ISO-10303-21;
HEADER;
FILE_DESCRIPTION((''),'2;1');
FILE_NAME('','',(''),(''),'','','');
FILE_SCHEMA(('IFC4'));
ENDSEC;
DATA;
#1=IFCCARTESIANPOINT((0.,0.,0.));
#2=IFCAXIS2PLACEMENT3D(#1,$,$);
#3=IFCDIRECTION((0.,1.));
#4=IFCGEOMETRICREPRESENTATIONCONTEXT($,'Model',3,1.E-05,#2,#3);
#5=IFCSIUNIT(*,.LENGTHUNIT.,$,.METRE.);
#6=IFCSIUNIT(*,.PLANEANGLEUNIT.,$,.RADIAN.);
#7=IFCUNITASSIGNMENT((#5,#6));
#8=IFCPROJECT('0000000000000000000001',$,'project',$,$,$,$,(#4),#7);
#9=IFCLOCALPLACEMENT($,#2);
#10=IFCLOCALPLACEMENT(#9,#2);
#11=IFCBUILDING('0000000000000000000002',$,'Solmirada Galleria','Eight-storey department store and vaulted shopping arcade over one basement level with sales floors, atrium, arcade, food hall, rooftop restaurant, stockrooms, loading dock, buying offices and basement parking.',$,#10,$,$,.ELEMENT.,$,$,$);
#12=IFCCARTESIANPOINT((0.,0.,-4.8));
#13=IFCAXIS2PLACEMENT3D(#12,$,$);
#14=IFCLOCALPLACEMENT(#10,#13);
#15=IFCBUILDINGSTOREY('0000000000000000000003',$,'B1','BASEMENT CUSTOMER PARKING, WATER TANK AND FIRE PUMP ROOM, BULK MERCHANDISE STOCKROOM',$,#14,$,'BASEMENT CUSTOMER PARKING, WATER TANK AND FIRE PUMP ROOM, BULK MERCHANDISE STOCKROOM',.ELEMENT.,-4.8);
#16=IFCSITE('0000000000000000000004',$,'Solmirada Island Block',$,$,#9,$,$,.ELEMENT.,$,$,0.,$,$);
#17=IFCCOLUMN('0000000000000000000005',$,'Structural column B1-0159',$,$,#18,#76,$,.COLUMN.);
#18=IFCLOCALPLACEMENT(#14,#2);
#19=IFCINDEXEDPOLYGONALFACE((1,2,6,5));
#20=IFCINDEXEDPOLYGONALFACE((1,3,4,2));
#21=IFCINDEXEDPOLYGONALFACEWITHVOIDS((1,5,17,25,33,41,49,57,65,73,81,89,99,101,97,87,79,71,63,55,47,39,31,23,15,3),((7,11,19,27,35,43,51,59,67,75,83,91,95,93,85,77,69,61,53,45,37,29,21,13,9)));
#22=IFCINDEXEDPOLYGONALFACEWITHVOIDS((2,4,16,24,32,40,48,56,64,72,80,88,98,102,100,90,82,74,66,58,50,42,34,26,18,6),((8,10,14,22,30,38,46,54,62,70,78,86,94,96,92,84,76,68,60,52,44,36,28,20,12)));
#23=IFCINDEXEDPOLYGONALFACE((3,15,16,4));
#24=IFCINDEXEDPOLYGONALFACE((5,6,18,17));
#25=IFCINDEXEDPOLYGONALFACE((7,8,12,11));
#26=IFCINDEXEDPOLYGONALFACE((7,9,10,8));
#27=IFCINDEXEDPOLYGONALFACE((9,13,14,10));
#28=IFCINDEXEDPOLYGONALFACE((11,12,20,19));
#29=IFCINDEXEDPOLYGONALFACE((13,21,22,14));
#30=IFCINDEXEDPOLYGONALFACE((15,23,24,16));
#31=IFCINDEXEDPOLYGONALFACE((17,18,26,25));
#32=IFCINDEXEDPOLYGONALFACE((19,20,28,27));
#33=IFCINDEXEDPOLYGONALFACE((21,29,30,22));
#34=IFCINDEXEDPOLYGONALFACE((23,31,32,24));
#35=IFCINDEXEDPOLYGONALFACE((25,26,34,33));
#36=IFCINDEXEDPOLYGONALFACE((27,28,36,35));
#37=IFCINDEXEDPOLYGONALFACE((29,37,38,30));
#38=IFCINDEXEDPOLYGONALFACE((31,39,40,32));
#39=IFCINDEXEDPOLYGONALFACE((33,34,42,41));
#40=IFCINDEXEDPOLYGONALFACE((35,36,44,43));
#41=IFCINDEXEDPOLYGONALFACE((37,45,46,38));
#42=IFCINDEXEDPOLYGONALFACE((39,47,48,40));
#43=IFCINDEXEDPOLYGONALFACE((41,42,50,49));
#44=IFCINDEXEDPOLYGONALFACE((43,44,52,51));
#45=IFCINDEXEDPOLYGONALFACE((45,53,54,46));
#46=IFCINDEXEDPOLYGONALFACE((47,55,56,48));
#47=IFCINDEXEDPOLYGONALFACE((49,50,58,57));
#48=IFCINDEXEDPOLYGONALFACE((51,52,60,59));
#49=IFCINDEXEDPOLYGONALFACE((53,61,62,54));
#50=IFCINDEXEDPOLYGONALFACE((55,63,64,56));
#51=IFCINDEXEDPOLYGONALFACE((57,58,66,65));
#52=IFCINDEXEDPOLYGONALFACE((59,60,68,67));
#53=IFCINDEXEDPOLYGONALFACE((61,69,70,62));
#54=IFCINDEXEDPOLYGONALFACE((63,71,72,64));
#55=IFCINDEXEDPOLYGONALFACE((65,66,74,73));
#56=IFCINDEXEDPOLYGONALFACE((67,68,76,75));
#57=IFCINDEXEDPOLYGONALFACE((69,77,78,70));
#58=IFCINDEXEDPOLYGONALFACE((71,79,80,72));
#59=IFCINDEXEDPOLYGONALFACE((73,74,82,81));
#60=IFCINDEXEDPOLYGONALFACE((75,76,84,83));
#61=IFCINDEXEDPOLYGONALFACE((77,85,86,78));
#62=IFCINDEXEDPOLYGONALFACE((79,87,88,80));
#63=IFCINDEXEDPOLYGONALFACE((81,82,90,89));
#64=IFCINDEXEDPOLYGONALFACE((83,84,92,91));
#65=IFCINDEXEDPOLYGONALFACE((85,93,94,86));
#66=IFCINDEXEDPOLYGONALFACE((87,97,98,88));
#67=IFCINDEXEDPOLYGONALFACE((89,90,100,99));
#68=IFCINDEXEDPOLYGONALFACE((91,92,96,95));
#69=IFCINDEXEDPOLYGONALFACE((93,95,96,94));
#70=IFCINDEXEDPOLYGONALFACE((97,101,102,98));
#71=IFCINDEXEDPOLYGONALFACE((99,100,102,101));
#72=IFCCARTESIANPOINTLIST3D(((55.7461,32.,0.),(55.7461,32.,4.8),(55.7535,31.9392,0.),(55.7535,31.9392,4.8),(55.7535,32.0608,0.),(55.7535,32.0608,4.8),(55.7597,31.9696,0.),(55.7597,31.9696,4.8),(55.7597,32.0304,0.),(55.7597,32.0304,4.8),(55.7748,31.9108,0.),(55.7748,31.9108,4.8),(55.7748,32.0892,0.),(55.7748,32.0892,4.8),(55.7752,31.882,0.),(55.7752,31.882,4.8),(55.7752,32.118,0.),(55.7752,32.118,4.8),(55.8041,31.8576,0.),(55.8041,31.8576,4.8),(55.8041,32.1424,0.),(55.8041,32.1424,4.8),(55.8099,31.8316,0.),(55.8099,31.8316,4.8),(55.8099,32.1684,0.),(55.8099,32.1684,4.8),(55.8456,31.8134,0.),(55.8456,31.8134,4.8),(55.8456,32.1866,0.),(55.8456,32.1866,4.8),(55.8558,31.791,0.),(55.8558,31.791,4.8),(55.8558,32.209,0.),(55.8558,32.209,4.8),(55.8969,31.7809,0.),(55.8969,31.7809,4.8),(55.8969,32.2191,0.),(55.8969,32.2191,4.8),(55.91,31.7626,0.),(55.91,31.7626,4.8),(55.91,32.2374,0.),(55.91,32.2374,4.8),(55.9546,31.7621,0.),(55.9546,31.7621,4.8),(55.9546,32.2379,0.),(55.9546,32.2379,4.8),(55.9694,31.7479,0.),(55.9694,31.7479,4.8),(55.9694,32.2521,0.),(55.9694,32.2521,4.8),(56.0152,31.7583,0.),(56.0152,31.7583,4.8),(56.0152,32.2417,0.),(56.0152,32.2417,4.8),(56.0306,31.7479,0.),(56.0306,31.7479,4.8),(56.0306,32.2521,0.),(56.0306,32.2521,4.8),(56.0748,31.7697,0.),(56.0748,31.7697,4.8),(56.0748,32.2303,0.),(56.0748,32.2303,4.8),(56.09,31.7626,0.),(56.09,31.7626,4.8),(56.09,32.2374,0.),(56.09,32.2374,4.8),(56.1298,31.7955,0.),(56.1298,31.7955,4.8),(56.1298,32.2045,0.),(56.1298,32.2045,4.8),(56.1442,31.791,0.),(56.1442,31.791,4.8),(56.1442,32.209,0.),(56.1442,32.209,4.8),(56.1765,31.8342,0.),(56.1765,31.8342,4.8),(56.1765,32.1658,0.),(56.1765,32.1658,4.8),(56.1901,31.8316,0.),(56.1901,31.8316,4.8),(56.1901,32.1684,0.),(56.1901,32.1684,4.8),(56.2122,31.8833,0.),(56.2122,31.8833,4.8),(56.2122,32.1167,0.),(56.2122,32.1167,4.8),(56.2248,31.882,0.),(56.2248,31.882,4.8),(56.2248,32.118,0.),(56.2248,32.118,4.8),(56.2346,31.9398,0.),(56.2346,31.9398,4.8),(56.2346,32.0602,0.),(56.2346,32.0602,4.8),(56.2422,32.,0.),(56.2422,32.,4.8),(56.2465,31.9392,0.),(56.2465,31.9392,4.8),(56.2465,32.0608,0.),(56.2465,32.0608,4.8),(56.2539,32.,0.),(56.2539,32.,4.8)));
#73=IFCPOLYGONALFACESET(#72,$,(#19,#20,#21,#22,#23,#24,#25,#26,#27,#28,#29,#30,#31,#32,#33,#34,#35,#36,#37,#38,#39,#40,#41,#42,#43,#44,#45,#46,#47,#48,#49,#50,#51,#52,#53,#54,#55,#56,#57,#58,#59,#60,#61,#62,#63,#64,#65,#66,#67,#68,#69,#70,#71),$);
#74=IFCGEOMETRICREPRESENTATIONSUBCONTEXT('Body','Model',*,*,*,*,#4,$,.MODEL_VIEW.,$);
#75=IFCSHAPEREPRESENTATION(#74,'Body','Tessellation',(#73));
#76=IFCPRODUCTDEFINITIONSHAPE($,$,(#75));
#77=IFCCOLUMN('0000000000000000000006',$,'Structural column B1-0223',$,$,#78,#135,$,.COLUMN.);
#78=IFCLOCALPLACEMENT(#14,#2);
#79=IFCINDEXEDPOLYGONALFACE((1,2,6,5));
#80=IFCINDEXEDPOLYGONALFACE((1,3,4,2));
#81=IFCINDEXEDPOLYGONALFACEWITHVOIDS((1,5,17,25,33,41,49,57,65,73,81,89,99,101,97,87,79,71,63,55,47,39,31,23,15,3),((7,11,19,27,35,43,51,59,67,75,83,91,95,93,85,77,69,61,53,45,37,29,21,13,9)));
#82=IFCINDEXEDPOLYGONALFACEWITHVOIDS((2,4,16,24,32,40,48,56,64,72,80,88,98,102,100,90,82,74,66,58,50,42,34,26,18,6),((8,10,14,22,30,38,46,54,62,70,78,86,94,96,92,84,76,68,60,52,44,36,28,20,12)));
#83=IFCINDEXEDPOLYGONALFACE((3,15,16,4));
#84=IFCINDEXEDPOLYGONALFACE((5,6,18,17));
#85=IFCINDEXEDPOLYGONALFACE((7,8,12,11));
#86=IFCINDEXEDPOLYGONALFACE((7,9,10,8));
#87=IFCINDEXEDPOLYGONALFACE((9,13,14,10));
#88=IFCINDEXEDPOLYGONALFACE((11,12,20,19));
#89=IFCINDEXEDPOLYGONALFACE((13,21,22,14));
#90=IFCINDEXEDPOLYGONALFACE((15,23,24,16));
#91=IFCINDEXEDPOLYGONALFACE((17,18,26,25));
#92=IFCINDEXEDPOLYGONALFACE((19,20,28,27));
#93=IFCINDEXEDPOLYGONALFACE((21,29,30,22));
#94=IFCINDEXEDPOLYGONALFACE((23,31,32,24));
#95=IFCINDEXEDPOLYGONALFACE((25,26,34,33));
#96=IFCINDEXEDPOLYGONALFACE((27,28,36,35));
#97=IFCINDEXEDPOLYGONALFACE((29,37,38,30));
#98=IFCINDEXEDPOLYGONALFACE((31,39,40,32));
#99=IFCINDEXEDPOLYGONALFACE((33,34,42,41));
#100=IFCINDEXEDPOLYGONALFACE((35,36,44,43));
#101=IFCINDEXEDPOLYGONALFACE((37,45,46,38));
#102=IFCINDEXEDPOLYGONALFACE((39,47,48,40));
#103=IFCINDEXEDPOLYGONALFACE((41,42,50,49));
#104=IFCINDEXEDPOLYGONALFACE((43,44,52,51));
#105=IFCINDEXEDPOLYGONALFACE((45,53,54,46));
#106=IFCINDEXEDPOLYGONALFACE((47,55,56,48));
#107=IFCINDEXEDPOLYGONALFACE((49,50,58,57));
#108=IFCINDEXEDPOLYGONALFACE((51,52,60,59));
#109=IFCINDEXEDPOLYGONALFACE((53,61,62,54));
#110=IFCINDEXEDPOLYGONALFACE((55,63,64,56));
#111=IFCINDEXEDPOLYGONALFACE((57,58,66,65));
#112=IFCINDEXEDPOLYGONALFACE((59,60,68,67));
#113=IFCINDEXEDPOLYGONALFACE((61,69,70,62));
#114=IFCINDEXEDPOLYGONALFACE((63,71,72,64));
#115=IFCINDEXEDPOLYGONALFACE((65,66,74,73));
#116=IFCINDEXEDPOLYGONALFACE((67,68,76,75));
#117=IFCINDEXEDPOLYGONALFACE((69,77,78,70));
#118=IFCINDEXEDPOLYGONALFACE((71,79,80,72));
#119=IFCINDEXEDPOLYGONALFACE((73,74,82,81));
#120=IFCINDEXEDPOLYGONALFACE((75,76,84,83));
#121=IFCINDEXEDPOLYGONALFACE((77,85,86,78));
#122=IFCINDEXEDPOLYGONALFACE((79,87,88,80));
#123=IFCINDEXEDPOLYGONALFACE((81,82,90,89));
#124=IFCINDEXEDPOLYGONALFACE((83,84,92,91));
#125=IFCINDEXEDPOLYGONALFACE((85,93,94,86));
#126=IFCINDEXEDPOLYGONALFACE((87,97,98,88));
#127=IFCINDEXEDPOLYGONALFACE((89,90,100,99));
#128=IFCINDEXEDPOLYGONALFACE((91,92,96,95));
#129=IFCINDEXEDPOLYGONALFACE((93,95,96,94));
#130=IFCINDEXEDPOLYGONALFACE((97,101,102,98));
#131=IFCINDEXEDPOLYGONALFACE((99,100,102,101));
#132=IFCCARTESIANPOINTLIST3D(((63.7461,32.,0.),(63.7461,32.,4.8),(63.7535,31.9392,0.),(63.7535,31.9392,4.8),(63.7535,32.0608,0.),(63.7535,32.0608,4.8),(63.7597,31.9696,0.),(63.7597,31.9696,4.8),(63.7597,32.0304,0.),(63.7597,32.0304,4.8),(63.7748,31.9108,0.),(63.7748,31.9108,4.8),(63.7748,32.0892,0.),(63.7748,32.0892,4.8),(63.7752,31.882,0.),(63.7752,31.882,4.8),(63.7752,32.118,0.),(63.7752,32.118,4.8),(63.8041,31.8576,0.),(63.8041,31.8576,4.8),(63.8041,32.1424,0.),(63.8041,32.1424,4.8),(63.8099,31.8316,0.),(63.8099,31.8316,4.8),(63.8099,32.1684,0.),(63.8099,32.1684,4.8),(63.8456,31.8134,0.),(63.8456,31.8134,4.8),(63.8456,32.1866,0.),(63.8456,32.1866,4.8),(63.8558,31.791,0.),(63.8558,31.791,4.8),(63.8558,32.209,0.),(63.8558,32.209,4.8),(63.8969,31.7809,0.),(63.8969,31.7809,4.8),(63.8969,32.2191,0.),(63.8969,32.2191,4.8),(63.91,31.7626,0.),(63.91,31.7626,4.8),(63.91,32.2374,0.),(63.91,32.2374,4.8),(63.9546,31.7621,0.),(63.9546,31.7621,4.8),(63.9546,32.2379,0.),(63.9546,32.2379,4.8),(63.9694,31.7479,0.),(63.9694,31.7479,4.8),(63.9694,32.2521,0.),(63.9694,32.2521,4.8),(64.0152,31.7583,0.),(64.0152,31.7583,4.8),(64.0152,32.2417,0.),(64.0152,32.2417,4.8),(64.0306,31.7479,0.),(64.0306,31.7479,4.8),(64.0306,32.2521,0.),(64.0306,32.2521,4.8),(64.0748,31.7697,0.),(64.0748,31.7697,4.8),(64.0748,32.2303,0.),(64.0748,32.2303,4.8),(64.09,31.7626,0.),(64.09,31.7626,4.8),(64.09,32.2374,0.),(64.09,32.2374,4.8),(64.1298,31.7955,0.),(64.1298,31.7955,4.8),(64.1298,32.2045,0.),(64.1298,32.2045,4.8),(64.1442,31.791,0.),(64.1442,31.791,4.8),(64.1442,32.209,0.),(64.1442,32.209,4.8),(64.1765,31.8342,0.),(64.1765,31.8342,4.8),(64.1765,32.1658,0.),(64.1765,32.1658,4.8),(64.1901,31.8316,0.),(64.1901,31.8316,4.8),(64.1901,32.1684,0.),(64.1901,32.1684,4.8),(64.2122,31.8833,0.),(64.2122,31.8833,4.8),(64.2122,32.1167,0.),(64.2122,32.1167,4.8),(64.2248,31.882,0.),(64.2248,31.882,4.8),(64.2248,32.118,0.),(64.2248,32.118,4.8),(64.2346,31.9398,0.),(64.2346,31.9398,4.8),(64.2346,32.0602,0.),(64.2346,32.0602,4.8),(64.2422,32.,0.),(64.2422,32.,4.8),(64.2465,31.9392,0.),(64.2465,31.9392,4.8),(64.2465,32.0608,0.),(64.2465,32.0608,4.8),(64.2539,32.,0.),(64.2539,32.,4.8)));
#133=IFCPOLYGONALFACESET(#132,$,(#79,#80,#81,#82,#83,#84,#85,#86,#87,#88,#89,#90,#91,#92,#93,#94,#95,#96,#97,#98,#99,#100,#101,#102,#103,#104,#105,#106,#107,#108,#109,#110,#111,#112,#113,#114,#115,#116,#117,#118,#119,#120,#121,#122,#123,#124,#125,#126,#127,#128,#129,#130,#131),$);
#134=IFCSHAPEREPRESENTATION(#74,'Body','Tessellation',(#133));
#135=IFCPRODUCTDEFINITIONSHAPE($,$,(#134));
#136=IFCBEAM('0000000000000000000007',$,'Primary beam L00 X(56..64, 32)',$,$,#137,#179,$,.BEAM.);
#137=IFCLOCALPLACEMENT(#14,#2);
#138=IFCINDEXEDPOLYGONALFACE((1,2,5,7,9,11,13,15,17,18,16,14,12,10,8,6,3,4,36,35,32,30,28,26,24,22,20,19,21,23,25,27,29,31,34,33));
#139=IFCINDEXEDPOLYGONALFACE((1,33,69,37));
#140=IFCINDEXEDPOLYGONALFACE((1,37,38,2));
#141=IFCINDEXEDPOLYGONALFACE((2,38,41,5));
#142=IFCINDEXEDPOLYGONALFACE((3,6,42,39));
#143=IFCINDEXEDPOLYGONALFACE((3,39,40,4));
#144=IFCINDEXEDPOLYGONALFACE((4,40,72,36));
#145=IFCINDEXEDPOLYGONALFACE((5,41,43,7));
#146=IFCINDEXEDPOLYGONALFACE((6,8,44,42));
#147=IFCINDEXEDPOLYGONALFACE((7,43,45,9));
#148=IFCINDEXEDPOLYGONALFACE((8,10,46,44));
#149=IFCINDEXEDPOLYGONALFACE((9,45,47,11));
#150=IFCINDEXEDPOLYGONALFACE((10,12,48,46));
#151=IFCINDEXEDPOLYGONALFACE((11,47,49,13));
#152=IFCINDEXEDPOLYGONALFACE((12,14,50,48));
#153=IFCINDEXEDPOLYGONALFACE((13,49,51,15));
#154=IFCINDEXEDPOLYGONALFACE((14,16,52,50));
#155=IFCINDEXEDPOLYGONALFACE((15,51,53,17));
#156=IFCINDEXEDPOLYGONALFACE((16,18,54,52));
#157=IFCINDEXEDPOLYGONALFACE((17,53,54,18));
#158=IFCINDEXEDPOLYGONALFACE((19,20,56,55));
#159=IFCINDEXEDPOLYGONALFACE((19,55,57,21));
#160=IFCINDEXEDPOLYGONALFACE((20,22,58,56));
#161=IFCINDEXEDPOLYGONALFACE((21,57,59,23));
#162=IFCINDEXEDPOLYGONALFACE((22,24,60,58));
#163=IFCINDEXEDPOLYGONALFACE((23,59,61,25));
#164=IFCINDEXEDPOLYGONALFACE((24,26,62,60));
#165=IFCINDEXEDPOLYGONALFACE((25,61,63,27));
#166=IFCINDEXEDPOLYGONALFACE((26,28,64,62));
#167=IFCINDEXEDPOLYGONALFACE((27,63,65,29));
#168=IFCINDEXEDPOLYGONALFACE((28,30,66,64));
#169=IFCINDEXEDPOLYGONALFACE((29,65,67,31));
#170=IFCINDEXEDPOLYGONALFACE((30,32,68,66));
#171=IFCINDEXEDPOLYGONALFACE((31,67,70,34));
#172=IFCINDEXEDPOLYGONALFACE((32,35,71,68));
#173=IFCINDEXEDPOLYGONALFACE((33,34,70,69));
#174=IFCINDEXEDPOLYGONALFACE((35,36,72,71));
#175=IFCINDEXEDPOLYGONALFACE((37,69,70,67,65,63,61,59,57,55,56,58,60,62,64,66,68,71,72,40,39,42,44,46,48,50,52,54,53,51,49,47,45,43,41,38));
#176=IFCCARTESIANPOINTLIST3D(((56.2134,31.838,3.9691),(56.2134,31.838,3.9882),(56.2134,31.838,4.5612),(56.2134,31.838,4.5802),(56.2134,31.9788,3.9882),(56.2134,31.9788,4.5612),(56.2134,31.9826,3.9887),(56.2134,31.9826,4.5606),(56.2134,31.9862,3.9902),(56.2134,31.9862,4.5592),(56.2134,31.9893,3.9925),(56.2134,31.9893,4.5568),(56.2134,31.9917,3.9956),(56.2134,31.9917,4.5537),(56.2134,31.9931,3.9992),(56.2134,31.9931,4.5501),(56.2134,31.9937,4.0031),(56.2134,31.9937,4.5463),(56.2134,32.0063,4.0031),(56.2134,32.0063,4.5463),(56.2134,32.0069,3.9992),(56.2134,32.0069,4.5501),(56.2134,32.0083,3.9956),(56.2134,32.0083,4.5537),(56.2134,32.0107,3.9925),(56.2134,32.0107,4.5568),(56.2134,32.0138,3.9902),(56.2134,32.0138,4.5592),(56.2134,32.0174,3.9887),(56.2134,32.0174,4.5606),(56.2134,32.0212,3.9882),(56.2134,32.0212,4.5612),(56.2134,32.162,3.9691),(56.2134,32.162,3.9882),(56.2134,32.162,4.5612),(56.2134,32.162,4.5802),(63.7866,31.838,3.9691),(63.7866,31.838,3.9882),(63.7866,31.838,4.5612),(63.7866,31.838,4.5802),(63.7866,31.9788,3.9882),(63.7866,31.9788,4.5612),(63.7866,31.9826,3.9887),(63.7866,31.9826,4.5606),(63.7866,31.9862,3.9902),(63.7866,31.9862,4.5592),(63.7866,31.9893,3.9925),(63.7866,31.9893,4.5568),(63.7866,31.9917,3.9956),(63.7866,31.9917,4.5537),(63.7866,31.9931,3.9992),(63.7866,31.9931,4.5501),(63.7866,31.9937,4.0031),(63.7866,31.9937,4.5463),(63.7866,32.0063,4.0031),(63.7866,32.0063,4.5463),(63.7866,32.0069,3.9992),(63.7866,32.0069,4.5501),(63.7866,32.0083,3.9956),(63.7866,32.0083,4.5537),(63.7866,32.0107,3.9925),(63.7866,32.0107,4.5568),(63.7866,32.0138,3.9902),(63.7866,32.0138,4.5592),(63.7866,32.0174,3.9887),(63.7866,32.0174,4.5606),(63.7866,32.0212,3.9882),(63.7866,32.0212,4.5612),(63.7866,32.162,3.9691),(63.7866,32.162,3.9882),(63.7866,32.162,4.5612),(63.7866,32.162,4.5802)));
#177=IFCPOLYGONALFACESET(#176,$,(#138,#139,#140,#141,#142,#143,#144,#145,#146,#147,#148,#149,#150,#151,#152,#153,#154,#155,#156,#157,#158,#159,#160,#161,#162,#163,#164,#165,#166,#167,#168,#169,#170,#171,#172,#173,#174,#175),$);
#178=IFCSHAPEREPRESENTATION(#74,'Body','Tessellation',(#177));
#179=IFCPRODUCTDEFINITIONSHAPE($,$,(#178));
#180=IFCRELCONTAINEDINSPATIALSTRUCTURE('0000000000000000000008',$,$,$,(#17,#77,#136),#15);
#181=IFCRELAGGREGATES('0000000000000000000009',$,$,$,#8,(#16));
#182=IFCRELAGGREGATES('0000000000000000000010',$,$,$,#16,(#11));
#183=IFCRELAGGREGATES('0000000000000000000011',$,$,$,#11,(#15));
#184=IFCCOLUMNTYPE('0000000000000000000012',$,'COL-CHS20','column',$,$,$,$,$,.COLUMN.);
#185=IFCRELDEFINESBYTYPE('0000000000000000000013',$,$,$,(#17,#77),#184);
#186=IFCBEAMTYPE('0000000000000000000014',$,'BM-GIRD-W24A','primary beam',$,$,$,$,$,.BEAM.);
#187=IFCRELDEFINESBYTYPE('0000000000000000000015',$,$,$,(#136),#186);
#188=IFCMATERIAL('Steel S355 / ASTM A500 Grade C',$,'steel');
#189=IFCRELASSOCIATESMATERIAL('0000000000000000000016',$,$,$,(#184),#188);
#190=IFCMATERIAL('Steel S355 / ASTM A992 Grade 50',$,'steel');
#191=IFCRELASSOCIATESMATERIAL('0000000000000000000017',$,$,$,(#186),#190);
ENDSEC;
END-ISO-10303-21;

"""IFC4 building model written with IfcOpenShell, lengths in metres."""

from ifc_helpers import new_model, si_unit, direction, frame, origin, origin_2d, place, context, subcontext, project, spatial, hollow_circle, i_section, extrude, material, material_profile, profile_set, type_object, element, save


model = new_model("IFC4")

# Units and contexts
model_context = context("Model", 3, precision=1e-05, world=origin(), true_north=direction((0.0, 1.0)))
body_context = subcontext(model_context, "Body", "Model", "MODEL_VIEW")
ifc_project = project(units=[si_unit("LENGTHUNIT", "METRE"), si_unit("PLANEANGLEUNIT", "RADIAN")], contexts=[model_context])

# Site, building, storey
site_placement = place(None, origin())
site = spatial("IfcSite", under=ifc_project, at=site_placement, Name="Solmirada Island Block", CompositionType="ELEMENT", RefElevation=0.0)
building_placement = place(site_placement, origin())
building = spatial("IfcBuilding", under=site, at=building_placement, Name="Solmirada Galleria", Description="Eight-storey department store and vaulted shopping arcade over one basement level with sales floors, atrium, arcade, food hall, rooftop restaurant, stockrooms, loading dock, buying offices and basement parking.", CompositionType="ELEMENT")
storey_placement = place(building_placement, frame((0.0, 0.0, -4.8)))
storey = spatial("IfcBuildingStorey", under=building, at=storey_placement, Name="B1", Description="BASEMENT CUSTOMER PARKING, WATER TANK AND FIRE PUMP ROOM, BULK MERCHANDISE STOCKROOM", LongName="BASEMENT CUSTOMER PARKING, WATER TANK AND FIRE PUMP ROOM, BULK MERCHANDISE STOCKROOM", CompositionType="ELEMENT", Elevation=-4.8)

# Columns
ifc_material_1 = material(Name="Steel S355 / ASTM A500 Grade C", Category="steel")
ifc_material_profile_1 = material_profile(ifc_material_1, hollow_circle(Radius=0.2539, WallThickness=0.0117, at=origin_2d()), Name="HSS20.000X0.500")
ifc_profile_set_1 = profile_set([ifc_material_profile_1], Name="Steel S355 / ASTM A500 Grade C")
column_type = type_object("IfcColumnType", Name="COL-CHS20", Description="column", PredefinedType="COLUMN", material=ifc_profile_set_1)
for number, where, z_axis, x_axis, name in (
    (1, (56.0, 32.0, 0.0), (0.0, 0.0, 1.0), (1.0, 0.0, 0.0), "Structural column B1-0159"),
    (2, (64.0, 32.0, 0.0), (0.0, 0.0, 1.0), (1.0, 0.0, 0.0), "Structural column B1-0223"),
):
    element("IfcColumn", number, at=place(storey_placement, frame(where, z_axis=z_axis, x_axis=x_axis)), inside=storey, type_object=column_type, Name=name, PredefinedType="COLUMN", context=body_context, shape_type="SweptSolid", body=[
        extrude(hollow_circle(Radius=0.2539, WallThickness=0.0117, at=origin_2d()), origin(), (0.0, 0.0, 1.0), 4.8),
    ])

# Beam
ifc_material_2 = material(Name="Steel S355 / ASTM A992 Grade 50", Category="steel")
ifc_material_profile_2 = material_profile(ifc_material_2, i_section(OverallWidth=0.324, OverallDepth=0.6111, WebThickness=0.0127, FlangeThickness=0.019, FilletRadius=0.0149, at=origin_2d()), Name="W24X104")
ifc_profile_set_2 = profile_set([ifc_material_profile_2], Name="Steel S355 / ASTM A992 Grade 50")
beam_type_1 = type_object("IfcBeamType", Name="BM-GIRD-W24A", Description="primary beam", PredefinedType="BEAM", material=ifc_profile_set_2)
for number, where, z_axis, x_axis, name in (
    (3, (56.2134, 32.0, 4.2747), (1.0, 0.0, 0.0), (0.0, 1.0, 0.0), "Primary beam L00 X(56..64, 32)"),
):
    element("IfcBeam", number, at=place(storey_placement, frame(where, z_axis=z_axis, x_axis=x_axis)), inside=storey, type_object=beam_type_1, Name=name, PredefinedType="BEAM", context=body_context, shape_type="SweptSolid", body=[
        extrude(i_section(OverallWidth=0.324, OverallDepth=0.6111, WebThickness=0.0127, FlangeThickness=0.019, FilletRadius=0.0149, at=origin_2d()), origin(), (0.0, 0.0, 1.0), 7.5732),
    ])

save(model, "model.ifc")
